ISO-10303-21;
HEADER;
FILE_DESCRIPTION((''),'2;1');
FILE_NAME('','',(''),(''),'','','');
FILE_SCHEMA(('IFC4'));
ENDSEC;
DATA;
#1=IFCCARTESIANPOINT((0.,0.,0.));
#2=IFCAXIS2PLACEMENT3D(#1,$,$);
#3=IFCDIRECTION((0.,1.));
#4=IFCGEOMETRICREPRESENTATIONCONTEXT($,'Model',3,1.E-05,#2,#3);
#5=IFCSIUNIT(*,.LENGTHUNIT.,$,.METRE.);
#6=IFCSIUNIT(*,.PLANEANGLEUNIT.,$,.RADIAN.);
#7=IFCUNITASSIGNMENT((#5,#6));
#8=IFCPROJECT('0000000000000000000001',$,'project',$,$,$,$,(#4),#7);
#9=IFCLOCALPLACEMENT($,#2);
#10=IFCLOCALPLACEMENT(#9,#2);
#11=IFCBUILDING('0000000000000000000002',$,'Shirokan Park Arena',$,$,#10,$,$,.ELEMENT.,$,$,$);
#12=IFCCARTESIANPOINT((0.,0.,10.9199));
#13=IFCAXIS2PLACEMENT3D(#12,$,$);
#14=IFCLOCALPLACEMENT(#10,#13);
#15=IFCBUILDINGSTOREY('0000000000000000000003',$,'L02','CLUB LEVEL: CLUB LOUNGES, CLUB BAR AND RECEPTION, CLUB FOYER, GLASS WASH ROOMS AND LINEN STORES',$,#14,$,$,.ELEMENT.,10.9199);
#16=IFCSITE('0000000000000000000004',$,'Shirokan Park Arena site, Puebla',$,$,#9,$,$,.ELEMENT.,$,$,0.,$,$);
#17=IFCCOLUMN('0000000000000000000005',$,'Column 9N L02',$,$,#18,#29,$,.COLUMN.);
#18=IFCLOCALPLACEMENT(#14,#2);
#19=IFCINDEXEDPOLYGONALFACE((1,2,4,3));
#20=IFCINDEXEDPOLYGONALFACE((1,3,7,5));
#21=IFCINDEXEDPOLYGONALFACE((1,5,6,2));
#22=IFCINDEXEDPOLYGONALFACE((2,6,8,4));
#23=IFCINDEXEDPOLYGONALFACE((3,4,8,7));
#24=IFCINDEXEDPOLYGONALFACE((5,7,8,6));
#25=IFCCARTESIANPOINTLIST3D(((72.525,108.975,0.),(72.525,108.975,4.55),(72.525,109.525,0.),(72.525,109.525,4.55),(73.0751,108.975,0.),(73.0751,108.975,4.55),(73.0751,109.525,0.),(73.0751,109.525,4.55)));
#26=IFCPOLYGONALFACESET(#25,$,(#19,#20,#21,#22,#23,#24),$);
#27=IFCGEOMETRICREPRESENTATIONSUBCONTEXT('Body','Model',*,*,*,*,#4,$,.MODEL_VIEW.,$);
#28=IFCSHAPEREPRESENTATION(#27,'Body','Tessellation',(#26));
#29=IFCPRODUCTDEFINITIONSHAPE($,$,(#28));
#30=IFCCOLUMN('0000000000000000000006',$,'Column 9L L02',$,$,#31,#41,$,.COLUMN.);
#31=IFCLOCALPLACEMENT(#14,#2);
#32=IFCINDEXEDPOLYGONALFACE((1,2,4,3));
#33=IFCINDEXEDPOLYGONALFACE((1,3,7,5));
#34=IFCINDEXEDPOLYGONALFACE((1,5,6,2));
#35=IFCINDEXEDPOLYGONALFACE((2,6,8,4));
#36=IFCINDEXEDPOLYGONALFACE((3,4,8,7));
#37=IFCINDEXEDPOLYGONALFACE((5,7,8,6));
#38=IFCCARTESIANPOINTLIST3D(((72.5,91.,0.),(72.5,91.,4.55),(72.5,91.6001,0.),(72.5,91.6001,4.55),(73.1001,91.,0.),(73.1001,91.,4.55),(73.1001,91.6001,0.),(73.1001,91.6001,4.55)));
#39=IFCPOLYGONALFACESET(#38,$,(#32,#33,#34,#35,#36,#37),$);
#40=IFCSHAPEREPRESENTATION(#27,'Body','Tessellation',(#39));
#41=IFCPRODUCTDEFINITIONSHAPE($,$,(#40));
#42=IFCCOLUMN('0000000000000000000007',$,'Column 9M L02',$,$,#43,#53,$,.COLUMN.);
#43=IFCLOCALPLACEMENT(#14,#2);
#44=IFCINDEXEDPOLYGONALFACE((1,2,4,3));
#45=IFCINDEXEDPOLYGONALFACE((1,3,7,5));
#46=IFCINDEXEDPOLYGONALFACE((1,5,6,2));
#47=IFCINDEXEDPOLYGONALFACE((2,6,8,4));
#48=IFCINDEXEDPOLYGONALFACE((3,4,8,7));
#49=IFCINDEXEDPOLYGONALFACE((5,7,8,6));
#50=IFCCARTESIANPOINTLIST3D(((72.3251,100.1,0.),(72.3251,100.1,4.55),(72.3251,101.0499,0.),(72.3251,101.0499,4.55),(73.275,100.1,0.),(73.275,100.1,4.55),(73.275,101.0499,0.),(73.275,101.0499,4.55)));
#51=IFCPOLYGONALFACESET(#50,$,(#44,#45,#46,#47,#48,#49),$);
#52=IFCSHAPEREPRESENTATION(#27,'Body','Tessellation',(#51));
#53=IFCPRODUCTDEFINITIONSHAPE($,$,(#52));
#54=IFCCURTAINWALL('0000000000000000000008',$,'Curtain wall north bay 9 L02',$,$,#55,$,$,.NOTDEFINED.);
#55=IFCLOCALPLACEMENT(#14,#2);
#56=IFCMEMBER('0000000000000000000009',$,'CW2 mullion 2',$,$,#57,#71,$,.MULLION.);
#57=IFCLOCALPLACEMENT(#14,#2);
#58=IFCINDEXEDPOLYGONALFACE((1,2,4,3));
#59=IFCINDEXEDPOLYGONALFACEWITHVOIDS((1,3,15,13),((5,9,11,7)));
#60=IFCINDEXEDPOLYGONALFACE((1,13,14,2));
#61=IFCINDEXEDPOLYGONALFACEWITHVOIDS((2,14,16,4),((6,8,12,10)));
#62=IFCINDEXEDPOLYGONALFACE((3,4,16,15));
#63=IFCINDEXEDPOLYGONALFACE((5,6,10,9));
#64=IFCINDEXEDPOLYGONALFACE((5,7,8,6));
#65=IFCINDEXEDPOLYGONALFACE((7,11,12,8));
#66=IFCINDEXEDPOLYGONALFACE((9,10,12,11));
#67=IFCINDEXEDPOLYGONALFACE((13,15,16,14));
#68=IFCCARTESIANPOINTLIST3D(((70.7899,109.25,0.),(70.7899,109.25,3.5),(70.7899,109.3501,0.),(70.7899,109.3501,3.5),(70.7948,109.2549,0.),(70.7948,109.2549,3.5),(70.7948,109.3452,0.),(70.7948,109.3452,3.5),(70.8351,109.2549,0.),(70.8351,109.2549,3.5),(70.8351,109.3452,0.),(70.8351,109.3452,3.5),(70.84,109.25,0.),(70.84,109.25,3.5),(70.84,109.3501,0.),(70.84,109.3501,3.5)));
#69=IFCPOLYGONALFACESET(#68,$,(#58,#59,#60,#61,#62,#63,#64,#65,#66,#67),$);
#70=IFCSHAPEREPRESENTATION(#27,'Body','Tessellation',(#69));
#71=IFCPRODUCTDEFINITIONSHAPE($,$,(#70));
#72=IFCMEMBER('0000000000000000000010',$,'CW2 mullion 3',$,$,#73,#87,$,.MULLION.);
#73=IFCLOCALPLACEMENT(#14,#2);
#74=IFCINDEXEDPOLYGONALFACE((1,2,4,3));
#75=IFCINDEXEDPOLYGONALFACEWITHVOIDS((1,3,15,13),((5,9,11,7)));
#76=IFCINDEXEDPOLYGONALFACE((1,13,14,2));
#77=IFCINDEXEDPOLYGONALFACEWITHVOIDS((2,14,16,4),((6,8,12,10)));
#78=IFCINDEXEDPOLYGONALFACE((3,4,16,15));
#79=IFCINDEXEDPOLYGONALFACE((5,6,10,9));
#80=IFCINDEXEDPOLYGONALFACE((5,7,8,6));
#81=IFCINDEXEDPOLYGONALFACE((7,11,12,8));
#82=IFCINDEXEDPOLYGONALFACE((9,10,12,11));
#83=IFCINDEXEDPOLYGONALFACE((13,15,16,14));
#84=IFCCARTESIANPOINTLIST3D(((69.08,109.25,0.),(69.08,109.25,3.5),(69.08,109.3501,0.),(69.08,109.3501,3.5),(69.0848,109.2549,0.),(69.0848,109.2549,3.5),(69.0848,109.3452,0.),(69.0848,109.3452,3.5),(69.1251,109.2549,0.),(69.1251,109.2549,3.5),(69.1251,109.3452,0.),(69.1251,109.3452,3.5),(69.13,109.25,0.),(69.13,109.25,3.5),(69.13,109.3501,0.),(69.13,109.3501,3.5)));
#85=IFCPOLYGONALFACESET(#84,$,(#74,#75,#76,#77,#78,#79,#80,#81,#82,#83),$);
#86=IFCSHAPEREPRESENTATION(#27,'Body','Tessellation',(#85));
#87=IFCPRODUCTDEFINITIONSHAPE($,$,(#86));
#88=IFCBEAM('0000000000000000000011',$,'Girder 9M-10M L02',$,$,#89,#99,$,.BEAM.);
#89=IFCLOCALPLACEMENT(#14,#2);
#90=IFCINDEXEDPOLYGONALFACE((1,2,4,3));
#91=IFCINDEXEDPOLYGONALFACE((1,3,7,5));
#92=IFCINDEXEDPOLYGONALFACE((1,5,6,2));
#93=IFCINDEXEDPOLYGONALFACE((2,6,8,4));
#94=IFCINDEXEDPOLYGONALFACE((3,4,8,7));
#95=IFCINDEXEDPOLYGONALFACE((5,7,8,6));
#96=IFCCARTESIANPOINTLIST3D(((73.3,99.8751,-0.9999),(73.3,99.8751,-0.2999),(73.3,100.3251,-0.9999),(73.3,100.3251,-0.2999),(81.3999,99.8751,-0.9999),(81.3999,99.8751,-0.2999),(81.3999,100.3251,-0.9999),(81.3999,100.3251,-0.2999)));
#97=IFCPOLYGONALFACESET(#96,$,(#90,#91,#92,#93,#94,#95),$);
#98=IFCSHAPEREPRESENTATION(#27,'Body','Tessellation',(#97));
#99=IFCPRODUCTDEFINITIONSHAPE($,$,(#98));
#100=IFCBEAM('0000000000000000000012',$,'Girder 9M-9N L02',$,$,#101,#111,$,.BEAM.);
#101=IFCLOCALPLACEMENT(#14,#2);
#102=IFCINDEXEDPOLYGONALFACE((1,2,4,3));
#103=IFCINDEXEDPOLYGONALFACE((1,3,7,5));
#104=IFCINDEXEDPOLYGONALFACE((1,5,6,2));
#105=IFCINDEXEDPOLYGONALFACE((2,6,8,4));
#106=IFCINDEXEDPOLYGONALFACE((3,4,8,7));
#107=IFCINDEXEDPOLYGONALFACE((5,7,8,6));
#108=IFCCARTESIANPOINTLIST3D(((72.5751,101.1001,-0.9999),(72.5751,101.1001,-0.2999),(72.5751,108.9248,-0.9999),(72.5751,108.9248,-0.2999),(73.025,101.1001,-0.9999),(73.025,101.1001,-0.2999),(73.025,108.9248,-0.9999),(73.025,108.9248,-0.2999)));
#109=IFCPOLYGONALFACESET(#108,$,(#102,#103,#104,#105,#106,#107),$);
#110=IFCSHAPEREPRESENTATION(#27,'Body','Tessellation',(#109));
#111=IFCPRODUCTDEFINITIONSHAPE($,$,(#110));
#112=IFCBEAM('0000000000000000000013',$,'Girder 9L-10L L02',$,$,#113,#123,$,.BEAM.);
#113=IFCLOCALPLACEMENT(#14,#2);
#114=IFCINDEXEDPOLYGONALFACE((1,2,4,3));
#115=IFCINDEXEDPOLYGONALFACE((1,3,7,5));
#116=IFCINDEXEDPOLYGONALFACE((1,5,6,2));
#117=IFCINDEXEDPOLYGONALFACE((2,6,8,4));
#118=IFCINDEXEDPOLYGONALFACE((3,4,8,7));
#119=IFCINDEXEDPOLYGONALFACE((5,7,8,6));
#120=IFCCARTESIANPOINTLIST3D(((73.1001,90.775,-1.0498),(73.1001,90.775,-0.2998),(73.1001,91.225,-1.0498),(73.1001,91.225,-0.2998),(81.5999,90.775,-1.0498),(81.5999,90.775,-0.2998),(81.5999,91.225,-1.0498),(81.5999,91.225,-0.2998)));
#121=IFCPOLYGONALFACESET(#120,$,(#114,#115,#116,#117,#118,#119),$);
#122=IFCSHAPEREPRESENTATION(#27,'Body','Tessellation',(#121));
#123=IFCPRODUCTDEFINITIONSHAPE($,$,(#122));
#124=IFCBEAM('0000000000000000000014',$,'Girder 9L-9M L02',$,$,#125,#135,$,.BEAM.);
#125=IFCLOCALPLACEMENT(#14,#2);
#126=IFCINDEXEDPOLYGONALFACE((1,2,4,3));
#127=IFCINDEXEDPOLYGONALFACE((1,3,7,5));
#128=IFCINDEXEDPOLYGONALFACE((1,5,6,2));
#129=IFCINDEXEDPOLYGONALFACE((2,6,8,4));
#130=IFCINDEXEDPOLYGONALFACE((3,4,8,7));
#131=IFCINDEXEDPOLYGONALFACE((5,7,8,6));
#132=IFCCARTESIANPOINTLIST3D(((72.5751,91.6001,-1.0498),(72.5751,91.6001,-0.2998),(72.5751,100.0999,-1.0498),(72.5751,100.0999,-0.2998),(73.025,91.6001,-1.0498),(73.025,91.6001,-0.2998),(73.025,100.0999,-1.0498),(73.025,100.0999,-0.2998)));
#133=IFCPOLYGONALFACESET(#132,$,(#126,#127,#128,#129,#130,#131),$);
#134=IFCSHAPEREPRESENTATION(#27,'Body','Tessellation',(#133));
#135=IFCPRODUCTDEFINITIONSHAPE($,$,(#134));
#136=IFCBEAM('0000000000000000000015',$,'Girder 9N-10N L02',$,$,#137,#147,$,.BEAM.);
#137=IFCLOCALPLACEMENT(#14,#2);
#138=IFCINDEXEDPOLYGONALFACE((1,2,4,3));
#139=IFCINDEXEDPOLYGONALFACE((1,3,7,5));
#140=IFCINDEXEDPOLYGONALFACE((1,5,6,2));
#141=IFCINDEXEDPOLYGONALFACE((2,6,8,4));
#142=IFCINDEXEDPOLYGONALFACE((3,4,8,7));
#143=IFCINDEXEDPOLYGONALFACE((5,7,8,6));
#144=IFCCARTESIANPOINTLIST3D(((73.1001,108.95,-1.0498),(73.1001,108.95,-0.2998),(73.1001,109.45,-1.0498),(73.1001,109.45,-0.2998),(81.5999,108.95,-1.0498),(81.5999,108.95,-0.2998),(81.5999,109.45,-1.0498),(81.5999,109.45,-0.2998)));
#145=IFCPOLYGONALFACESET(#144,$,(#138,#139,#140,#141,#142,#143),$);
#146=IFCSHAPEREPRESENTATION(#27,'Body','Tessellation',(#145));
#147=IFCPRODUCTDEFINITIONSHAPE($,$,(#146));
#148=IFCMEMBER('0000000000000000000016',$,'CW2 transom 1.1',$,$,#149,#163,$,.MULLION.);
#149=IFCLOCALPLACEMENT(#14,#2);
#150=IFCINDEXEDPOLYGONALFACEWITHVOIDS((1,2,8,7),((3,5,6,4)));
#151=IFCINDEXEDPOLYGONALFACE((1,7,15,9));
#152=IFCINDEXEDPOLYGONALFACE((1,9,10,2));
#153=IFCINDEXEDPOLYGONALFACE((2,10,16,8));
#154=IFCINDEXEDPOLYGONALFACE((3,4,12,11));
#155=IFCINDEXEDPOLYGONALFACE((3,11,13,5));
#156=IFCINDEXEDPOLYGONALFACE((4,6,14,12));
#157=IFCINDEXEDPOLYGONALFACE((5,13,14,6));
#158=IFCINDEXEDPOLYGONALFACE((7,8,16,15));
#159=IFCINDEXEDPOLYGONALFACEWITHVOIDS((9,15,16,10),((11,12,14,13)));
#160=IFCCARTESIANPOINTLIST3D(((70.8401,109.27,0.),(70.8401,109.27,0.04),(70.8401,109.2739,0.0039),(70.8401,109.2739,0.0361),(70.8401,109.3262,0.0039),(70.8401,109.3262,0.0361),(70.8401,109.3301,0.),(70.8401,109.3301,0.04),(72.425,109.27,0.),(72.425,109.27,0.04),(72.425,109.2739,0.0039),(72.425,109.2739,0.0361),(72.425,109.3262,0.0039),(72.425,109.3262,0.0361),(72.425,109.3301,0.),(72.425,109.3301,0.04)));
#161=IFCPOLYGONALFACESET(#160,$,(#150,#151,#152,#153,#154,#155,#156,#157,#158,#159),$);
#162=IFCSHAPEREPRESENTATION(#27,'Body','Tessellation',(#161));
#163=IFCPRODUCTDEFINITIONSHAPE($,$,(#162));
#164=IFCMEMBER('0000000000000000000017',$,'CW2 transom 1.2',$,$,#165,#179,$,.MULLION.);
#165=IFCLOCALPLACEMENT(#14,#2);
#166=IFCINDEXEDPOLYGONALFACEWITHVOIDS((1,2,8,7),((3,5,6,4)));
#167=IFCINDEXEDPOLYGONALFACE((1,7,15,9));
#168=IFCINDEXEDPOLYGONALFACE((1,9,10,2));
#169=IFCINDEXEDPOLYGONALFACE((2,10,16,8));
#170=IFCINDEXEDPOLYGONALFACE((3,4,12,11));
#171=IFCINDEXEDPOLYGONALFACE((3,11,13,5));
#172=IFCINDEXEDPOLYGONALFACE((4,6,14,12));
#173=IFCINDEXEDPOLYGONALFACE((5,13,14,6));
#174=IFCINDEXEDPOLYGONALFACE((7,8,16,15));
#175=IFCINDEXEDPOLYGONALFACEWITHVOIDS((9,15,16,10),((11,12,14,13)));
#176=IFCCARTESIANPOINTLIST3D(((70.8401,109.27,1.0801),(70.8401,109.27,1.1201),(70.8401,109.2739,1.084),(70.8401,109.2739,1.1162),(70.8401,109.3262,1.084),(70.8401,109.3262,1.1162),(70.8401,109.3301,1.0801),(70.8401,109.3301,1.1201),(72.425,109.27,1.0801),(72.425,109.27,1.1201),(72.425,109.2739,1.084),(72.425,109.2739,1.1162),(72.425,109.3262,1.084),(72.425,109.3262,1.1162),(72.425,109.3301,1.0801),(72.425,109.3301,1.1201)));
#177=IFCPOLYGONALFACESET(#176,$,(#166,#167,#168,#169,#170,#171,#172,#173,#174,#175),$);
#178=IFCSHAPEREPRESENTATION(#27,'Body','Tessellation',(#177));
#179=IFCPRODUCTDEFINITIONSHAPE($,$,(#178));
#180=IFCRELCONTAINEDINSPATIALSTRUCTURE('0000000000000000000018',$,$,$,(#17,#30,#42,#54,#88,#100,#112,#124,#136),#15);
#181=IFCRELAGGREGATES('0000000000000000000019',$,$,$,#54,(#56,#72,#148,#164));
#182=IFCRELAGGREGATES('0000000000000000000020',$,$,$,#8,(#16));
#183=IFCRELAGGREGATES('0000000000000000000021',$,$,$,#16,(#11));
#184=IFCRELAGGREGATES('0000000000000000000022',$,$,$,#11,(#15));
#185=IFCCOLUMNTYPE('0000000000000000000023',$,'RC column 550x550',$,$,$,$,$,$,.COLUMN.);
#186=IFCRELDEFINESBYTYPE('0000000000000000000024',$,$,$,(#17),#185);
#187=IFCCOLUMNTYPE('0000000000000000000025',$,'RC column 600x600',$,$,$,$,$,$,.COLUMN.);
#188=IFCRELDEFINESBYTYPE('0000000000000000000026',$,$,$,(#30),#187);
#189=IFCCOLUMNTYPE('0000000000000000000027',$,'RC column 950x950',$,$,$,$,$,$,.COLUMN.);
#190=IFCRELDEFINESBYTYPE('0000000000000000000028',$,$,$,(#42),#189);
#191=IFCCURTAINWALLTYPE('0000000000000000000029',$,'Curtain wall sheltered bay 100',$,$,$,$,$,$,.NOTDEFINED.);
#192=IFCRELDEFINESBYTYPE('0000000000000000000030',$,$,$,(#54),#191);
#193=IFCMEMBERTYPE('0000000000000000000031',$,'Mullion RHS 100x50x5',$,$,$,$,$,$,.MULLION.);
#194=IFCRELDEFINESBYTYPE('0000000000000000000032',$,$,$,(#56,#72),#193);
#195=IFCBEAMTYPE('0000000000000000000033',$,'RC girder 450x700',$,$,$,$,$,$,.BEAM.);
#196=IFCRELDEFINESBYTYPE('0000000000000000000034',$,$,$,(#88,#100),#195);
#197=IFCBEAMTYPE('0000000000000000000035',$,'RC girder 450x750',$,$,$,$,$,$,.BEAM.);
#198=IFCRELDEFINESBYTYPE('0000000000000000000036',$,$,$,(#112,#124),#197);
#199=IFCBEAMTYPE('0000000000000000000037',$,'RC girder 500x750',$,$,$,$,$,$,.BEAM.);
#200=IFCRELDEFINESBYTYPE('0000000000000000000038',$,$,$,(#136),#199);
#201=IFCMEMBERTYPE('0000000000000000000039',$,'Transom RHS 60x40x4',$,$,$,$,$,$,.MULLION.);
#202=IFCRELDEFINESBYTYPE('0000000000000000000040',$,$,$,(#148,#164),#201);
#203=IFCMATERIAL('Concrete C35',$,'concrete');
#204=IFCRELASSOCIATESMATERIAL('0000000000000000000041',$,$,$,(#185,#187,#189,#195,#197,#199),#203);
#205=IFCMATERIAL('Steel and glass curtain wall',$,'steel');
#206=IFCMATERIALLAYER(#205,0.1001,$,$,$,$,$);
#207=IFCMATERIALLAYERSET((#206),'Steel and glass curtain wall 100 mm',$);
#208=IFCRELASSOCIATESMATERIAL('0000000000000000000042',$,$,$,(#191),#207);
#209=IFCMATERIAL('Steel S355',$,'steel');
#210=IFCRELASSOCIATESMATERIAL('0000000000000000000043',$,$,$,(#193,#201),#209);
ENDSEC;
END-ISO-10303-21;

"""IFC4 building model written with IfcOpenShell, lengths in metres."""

from ifc_helpers import new_model, si_unit, direction, frame, origin, origin_2d, place, context, subcontext, project, spatial, rectangle, hollow_rectangle, extrude, material, layer, layer_set, material_profile, profile_set, type_object, element, aggregate, save


model = new_model("IFC4")

# Units and contexts
model_context = context("Model", 3, precision=1e-05, world=origin(), true_north=direction((0.0, 1.0)))
body_context = subcontext(model_context, "Body", "Model", "MODEL_VIEW")
ifc_project = project(units=[si_unit("LENGTHUNIT", "METRE"), si_unit("PLANEANGLEUNIT", "RADIAN")], contexts=[model_context])

# Site, building, storey
site_placement = place(None, origin())
site = spatial("IfcSite", under=ifc_project, at=site_placement, Name="Shirokan Park Arena site, Puebla", CompositionType="ELEMENT", RefElevation=0.0)
building_placement = place(site_placement, origin())
building = spatial("IfcBuilding", under=site, at=building_placement, Name="Shirokan Park Arena", CompositionType="ELEMENT")
storey_placement = place(building_placement, frame((0.0, 0.0, 10.9199)))
storey = spatial("IfcBuildingStorey", under=building, at=storey_placement, Name="L02", Description="CLUB LEVEL: CLUB LOUNGES, CLUB BAR AND RECEPTION, CLUB FOYER, GLASS WASH ROOMS AND LINEN STORES", CompositionType="ELEMENT", Elevation=10.9199)

# Columns
ifc_material_1 = material(Name="Concrete C35", Category="concrete")
ifc_material_profile_1 = material_profile(ifc_material_1, rectangle(XDim=0.55, YDim=0.55, at=origin_2d()), Name="550x550")
ifc_profile_set_1 = profile_set([ifc_material_profile_1], Name="Concrete C35")
column_type_1 = type_object("IfcColumnType", Name="RC column 550x550", PredefinedType="COLUMN", material=ifc_profile_set_1)
column_1_placement = place(storey_placement, frame((72.8, 109.25, 0.0), z_axis=(0.0, 0.0, 1.0), x_axis=(1.0, 0.0, 0.0)))
element("IfcColumn", 1, at=column_1_placement, inside=storey, type_object=column_type_1, Name="Column 9N L02", PredefinedType="COLUMN", context=body_context, shape_type="SweptSolid", body=[
    extrude(rectangle(XDim=0.55, YDim=0.55, at=origin_2d()), origin(), (0.0, 0.0, 1.0), 4.55),
])
ifc_material_profile_2 = material_profile(ifc_material_1, rectangle(XDim=0.6001, YDim=0.6001, at=origin_2d()), Name="600x600")
ifc_profile_set_2 = profile_set([ifc_material_profile_2], Name="Concrete C35")
column_type_2 = type_object("IfcColumnType", Name="RC column 600x600", PredefinedType="COLUMN", material=ifc_profile_set_2)
column_2_placement = place(storey_placement, frame((72.8, 91.3, 0.0), z_axis=(0.0, 0.0, 1.0), x_axis=(1.0, 0.0, 0.0)))
element("IfcColumn", 2, at=column_2_placement, inside=storey, type_object=column_type_2, Name="Column 9L L02", PredefinedType="COLUMN", context=body_context, shape_type="SweptSolid", body=[
    extrude(rectangle(XDim=0.6001, YDim=0.6001, at=origin_2d()), origin(), (0.0, 0.0, 1.0), 4.55),
])
ifc_material_profile_3 = material_profile(ifc_material_1, rectangle(XDim=0.95, YDim=0.95, at=origin_2d()), Name="950x950")
ifc_profile_set_3 = profile_set([ifc_material_profile_3], Name="Concrete C35")
column_type_3 = type_object("IfcColumnType", Name="RC column 950x950", PredefinedType="COLUMN", material=ifc_profile_set_3)
column_3_placement = place(storey_placement, frame((72.8, 100.575, 0.0), z_axis=(0.0, 0.0, 1.0), x_axis=(1.0, 0.0, 0.0)))
element("IfcColumn", 3, at=column_3_placement, inside=storey, type_object=column_type_3, Name="Column 9M L02", PredefinedType="COLUMN", context=body_context, shape_type="SweptSolid", body=[
    extrude(rectangle(XDim=0.95, YDim=0.95, at=origin_2d()), origin(), (0.0, 0.0, 1.0), 4.55),
])

# Curtain wall, members
ifc_material_2 = material(Name="Steel and glass curtain wall", Category="steel")
ifc_layer_1 = layer(ifc_material_2, 0.1001)
ifc_layer_set_1 = layer_set([ifc_layer_1], Name="Steel and glass curtain wall 100 mm")
curtain_wall_type = type_object("IfcCurtainWallType", Name="Curtain wall sheltered bay 100", PredefinedType="NOTDEFINED", material=ifc_layer_set_1)
curtain_wall_placement = place(storey_placement, origin())
curtain_wall = element("IfcCurtainWall", 4, at=curtain_wall_placement, inside=storey, type_object=curtain_wall_type, Name="Curtain wall north bay 9 L02", PredefinedType="NOTDEFINED")
ifc_material_3 = material(Name="Steel S355", Category="steel")
ifc_material_profile_4 = material_profile(ifc_material_3, hollow_rectangle(XDim=0.1001, YDim=0.05, WallThickness=0.0049, at=origin_2d()), Name="RHS 100x50x5")
ifc_profile_set_4 = profile_set([ifc_material_profile_4], Name="Steel S355")
member_type_1 = type_object("IfcMemberType", Name="Mullion RHS 100x50x5", PredefinedType="MULLION", material=ifc_profile_set_4)
member_1_placement = place(storey_placement, frame((70.8149, 109.3, 0.0), z_axis=(0.0, 0.0, 1.0), x_axis=(0.0, -1.0, 0.0)))
member_1 = element("IfcMember", 5, at=member_1_placement, type_object=member_type_1, Name="CW2 mullion 2", PredefinedType="MULLION", context=body_context, shape_type="SweptSolid", body=[
    extrude(hollow_rectangle(XDim=0.1001, YDim=0.05, WallThickness=0.0049, at=origin_2d()), origin(), (0.0, 0.0, 1.0), 3.5),
])
member_2_placement = place(storey_placement, frame((69.105, 109.3, 0.0), z_axis=(0.0, 0.0, 1.0), x_axis=(0.0, -1.0, 0.0)))
member_2 = element("IfcMember", 6, at=member_2_placement, type_object=member_type_1, Name="CW2 mullion 3", PredefinedType="MULLION", context=body_context, shape_type="SweptSolid", body=[
    extrude(hollow_rectangle(XDim=0.1001, YDim=0.05, WallThickness=0.0049, at=origin_2d()), origin(), (0.0, 0.0, 1.0), 3.5),
])

# Beams
ifc_material_profile_5 = material_profile(ifc_material_1, rectangle(XDim=0.45, YDim=0.7, at=origin_2d()), Name="450x700")
ifc_profile_set_5 = profile_set([ifc_material_profile_5], Name="Concrete C35")
beam_type_1 = type_object("IfcBeamType", Name="RC girder 450x700", PredefinedType="BEAM", material=ifc_profile_set_5)
beam_1_placement = place(storey_placement, frame((73.3, 100.1001, -0.6499), z_axis=(1.0, 0.0, 0.0), x_axis=(0.0, 1.0, 0.0)))
element("IfcBeam", 7, at=beam_1_placement, inside=storey, type_object=beam_type_1, Name="Girder 9M-10M L02", PredefinedType="BEAM", context=body_context, shape_type="SweptSolid", body=[
    extrude(rectangle(XDim=0.45, YDim=0.7, at=origin_2d()), origin(), (0.0, 0.0, 1.0), 8.0999),
])
beam_2_placement = place(storey_placement, frame((72.8, 101.1001, -0.6499), z_axis=(0.0, 1.0, 0.0), x_axis=(-1.0, 0.0, 0.0)))
element("IfcBeam", 8, at=beam_2_placement, inside=storey, type_object=beam_type_1, Name="Girder 9M-9N L02", PredefinedType="BEAM", context=body_context, shape_type="SweptSolid", body=[
    extrude(rectangle(XDim=0.45, YDim=0.7, at=origin_2d()), origin(), (0.0, 0.0, 1.0), 7.8247),
])
ifc_material_profile_6 = material_profile(ifc_material_1, rectangle(XDim=0.45, YDim=0.75, at=origin_2d()), Name="450x750")
ifc_profile_set_6 = profile_set([ifc_material_profile_6], Name="Concrete C35")
beam_type_2 = type_object("IfcBeamType", Name="RC girder 450x750", PredefinedType="BEAM", material=ifc_profile_set_6)
for number, where, z_axis, x_axis, name in (
    (9, (73.1001, 91.0, -0.6748), (1.0, 0.0, 0.0), (0.0, 1.0, 0.0), "Girder 9L-10L L02"),
    (10, (72.8, 91.6001, -0.6748), (0.0, 1.0, 0.0), (-1.0, 0.0, 0.0), "Girder 9L-9M L02"),
):
    element("IfcBeam", number, at=place(storey_placement, frame(where, z_axis=z_axis, x_axis=x_axis)), inside=storey, type_object=beam_type_2, Name=name, PredefinedType="BEAM", context=body_context, shape_type="SweptSolid", body=[
        extrude(rectangle(XDim=0.45, YDim=0.75, at=origin_2d()), origin(), (0.0, 0.0, 1.0), 8.4998),
    ])
ifc_material_profile_7 = material_profile(ifc_material_1, rectangle(XDim=0.5, YDim=0.75, at=origin_2d()), Name="500x750")
ifc_profile_set_7 = profile_set([ifc_material_profile_7], Name="Concrete C35")
beam_type_3 = type_object("IfcBeamType", Name="RC girder 500x750", PredefinedType="BEAM", material=ifc_profile_set_7)
beam_3_placement = place(storey_placement, frame((73.1001, 109.2, -0.6748), z_axis=(1.0, 0.0, 0.0), x_axis=(0.0, 1.0, 0.0)))
element("IfcBeam", 11, at=beam_3_placement, inside=storey, type_object=beam_type_3, Name="Girder 9N-10N L02", PredefinedType="BEAM", context=body_context, shape_type="SweptSolid", body=[
    extrude(rectangle(XDim=0.5, YDim=0.75, at=origin_2d()), origin(), (0.0, 0.0, 1.0), 8.4998),
])

# Members
ifc_material_profile_8 = material_profile(ifc_material_3, hollow_rectangle(XDim=0.0601, YDim=0.04, WallThickness=0.0039, at=origin_2d()), Name="RHS 60x40x4")
ifc_profile_set_8 = profile_set([ifc_material_profile_8], Name="Steel S355")
member_type_2 = type_object("IfcMemberType", Name="Transom RHS 60x40x4", PredefinedType="MULLION", material=ifc_profile_set_8)
member_3_placement = place(storey_placement, frame((72.425, 109.3, 0.02), z_axis=(-1.0, 0.0, 0.0), x_axis=(0.0, -1.0, 0.0)))
member_3 = element("IfcMember", 12, at=member_3_placement, type_object=member_type_2, Name="CW2 transom 1.1", PredefinedType="MULLION", context=body_context, shape_type="SweptSolid", body=[
    extrude(hollow_rectangle(XDim=0.0601, YDim=0.04, WallThickness=0.0039, at=origin_2d()), origin(), (0.0, 0.0, 1.0), 1.585),
])
member_4_placement = place(storey_placement, frame((72.425, 109.3, 1.1001), z_axis=(-1.0, 0.0, 0.0), x_axis=(0.0, -1.0, 0.0)))
member_4 = element("IfcMember", 13, at=member_4_placement, type_object=member_type_2, Name="CW2 transom 1.2", PredefinedType="MULLION", context=body_context, shape_type="SweptSolid", body=[
    extrude(hollow_rectangle(XDim=0.0601, YDim=0.04, WallThickness=0.0039, at=origin_2d()), origin(), (0.0, 0.0, 1.0), 1.585),
])

aggregate(curtain_wall, [member_1, member_2, member_3, member_4])

save(model, "model.ifc")
